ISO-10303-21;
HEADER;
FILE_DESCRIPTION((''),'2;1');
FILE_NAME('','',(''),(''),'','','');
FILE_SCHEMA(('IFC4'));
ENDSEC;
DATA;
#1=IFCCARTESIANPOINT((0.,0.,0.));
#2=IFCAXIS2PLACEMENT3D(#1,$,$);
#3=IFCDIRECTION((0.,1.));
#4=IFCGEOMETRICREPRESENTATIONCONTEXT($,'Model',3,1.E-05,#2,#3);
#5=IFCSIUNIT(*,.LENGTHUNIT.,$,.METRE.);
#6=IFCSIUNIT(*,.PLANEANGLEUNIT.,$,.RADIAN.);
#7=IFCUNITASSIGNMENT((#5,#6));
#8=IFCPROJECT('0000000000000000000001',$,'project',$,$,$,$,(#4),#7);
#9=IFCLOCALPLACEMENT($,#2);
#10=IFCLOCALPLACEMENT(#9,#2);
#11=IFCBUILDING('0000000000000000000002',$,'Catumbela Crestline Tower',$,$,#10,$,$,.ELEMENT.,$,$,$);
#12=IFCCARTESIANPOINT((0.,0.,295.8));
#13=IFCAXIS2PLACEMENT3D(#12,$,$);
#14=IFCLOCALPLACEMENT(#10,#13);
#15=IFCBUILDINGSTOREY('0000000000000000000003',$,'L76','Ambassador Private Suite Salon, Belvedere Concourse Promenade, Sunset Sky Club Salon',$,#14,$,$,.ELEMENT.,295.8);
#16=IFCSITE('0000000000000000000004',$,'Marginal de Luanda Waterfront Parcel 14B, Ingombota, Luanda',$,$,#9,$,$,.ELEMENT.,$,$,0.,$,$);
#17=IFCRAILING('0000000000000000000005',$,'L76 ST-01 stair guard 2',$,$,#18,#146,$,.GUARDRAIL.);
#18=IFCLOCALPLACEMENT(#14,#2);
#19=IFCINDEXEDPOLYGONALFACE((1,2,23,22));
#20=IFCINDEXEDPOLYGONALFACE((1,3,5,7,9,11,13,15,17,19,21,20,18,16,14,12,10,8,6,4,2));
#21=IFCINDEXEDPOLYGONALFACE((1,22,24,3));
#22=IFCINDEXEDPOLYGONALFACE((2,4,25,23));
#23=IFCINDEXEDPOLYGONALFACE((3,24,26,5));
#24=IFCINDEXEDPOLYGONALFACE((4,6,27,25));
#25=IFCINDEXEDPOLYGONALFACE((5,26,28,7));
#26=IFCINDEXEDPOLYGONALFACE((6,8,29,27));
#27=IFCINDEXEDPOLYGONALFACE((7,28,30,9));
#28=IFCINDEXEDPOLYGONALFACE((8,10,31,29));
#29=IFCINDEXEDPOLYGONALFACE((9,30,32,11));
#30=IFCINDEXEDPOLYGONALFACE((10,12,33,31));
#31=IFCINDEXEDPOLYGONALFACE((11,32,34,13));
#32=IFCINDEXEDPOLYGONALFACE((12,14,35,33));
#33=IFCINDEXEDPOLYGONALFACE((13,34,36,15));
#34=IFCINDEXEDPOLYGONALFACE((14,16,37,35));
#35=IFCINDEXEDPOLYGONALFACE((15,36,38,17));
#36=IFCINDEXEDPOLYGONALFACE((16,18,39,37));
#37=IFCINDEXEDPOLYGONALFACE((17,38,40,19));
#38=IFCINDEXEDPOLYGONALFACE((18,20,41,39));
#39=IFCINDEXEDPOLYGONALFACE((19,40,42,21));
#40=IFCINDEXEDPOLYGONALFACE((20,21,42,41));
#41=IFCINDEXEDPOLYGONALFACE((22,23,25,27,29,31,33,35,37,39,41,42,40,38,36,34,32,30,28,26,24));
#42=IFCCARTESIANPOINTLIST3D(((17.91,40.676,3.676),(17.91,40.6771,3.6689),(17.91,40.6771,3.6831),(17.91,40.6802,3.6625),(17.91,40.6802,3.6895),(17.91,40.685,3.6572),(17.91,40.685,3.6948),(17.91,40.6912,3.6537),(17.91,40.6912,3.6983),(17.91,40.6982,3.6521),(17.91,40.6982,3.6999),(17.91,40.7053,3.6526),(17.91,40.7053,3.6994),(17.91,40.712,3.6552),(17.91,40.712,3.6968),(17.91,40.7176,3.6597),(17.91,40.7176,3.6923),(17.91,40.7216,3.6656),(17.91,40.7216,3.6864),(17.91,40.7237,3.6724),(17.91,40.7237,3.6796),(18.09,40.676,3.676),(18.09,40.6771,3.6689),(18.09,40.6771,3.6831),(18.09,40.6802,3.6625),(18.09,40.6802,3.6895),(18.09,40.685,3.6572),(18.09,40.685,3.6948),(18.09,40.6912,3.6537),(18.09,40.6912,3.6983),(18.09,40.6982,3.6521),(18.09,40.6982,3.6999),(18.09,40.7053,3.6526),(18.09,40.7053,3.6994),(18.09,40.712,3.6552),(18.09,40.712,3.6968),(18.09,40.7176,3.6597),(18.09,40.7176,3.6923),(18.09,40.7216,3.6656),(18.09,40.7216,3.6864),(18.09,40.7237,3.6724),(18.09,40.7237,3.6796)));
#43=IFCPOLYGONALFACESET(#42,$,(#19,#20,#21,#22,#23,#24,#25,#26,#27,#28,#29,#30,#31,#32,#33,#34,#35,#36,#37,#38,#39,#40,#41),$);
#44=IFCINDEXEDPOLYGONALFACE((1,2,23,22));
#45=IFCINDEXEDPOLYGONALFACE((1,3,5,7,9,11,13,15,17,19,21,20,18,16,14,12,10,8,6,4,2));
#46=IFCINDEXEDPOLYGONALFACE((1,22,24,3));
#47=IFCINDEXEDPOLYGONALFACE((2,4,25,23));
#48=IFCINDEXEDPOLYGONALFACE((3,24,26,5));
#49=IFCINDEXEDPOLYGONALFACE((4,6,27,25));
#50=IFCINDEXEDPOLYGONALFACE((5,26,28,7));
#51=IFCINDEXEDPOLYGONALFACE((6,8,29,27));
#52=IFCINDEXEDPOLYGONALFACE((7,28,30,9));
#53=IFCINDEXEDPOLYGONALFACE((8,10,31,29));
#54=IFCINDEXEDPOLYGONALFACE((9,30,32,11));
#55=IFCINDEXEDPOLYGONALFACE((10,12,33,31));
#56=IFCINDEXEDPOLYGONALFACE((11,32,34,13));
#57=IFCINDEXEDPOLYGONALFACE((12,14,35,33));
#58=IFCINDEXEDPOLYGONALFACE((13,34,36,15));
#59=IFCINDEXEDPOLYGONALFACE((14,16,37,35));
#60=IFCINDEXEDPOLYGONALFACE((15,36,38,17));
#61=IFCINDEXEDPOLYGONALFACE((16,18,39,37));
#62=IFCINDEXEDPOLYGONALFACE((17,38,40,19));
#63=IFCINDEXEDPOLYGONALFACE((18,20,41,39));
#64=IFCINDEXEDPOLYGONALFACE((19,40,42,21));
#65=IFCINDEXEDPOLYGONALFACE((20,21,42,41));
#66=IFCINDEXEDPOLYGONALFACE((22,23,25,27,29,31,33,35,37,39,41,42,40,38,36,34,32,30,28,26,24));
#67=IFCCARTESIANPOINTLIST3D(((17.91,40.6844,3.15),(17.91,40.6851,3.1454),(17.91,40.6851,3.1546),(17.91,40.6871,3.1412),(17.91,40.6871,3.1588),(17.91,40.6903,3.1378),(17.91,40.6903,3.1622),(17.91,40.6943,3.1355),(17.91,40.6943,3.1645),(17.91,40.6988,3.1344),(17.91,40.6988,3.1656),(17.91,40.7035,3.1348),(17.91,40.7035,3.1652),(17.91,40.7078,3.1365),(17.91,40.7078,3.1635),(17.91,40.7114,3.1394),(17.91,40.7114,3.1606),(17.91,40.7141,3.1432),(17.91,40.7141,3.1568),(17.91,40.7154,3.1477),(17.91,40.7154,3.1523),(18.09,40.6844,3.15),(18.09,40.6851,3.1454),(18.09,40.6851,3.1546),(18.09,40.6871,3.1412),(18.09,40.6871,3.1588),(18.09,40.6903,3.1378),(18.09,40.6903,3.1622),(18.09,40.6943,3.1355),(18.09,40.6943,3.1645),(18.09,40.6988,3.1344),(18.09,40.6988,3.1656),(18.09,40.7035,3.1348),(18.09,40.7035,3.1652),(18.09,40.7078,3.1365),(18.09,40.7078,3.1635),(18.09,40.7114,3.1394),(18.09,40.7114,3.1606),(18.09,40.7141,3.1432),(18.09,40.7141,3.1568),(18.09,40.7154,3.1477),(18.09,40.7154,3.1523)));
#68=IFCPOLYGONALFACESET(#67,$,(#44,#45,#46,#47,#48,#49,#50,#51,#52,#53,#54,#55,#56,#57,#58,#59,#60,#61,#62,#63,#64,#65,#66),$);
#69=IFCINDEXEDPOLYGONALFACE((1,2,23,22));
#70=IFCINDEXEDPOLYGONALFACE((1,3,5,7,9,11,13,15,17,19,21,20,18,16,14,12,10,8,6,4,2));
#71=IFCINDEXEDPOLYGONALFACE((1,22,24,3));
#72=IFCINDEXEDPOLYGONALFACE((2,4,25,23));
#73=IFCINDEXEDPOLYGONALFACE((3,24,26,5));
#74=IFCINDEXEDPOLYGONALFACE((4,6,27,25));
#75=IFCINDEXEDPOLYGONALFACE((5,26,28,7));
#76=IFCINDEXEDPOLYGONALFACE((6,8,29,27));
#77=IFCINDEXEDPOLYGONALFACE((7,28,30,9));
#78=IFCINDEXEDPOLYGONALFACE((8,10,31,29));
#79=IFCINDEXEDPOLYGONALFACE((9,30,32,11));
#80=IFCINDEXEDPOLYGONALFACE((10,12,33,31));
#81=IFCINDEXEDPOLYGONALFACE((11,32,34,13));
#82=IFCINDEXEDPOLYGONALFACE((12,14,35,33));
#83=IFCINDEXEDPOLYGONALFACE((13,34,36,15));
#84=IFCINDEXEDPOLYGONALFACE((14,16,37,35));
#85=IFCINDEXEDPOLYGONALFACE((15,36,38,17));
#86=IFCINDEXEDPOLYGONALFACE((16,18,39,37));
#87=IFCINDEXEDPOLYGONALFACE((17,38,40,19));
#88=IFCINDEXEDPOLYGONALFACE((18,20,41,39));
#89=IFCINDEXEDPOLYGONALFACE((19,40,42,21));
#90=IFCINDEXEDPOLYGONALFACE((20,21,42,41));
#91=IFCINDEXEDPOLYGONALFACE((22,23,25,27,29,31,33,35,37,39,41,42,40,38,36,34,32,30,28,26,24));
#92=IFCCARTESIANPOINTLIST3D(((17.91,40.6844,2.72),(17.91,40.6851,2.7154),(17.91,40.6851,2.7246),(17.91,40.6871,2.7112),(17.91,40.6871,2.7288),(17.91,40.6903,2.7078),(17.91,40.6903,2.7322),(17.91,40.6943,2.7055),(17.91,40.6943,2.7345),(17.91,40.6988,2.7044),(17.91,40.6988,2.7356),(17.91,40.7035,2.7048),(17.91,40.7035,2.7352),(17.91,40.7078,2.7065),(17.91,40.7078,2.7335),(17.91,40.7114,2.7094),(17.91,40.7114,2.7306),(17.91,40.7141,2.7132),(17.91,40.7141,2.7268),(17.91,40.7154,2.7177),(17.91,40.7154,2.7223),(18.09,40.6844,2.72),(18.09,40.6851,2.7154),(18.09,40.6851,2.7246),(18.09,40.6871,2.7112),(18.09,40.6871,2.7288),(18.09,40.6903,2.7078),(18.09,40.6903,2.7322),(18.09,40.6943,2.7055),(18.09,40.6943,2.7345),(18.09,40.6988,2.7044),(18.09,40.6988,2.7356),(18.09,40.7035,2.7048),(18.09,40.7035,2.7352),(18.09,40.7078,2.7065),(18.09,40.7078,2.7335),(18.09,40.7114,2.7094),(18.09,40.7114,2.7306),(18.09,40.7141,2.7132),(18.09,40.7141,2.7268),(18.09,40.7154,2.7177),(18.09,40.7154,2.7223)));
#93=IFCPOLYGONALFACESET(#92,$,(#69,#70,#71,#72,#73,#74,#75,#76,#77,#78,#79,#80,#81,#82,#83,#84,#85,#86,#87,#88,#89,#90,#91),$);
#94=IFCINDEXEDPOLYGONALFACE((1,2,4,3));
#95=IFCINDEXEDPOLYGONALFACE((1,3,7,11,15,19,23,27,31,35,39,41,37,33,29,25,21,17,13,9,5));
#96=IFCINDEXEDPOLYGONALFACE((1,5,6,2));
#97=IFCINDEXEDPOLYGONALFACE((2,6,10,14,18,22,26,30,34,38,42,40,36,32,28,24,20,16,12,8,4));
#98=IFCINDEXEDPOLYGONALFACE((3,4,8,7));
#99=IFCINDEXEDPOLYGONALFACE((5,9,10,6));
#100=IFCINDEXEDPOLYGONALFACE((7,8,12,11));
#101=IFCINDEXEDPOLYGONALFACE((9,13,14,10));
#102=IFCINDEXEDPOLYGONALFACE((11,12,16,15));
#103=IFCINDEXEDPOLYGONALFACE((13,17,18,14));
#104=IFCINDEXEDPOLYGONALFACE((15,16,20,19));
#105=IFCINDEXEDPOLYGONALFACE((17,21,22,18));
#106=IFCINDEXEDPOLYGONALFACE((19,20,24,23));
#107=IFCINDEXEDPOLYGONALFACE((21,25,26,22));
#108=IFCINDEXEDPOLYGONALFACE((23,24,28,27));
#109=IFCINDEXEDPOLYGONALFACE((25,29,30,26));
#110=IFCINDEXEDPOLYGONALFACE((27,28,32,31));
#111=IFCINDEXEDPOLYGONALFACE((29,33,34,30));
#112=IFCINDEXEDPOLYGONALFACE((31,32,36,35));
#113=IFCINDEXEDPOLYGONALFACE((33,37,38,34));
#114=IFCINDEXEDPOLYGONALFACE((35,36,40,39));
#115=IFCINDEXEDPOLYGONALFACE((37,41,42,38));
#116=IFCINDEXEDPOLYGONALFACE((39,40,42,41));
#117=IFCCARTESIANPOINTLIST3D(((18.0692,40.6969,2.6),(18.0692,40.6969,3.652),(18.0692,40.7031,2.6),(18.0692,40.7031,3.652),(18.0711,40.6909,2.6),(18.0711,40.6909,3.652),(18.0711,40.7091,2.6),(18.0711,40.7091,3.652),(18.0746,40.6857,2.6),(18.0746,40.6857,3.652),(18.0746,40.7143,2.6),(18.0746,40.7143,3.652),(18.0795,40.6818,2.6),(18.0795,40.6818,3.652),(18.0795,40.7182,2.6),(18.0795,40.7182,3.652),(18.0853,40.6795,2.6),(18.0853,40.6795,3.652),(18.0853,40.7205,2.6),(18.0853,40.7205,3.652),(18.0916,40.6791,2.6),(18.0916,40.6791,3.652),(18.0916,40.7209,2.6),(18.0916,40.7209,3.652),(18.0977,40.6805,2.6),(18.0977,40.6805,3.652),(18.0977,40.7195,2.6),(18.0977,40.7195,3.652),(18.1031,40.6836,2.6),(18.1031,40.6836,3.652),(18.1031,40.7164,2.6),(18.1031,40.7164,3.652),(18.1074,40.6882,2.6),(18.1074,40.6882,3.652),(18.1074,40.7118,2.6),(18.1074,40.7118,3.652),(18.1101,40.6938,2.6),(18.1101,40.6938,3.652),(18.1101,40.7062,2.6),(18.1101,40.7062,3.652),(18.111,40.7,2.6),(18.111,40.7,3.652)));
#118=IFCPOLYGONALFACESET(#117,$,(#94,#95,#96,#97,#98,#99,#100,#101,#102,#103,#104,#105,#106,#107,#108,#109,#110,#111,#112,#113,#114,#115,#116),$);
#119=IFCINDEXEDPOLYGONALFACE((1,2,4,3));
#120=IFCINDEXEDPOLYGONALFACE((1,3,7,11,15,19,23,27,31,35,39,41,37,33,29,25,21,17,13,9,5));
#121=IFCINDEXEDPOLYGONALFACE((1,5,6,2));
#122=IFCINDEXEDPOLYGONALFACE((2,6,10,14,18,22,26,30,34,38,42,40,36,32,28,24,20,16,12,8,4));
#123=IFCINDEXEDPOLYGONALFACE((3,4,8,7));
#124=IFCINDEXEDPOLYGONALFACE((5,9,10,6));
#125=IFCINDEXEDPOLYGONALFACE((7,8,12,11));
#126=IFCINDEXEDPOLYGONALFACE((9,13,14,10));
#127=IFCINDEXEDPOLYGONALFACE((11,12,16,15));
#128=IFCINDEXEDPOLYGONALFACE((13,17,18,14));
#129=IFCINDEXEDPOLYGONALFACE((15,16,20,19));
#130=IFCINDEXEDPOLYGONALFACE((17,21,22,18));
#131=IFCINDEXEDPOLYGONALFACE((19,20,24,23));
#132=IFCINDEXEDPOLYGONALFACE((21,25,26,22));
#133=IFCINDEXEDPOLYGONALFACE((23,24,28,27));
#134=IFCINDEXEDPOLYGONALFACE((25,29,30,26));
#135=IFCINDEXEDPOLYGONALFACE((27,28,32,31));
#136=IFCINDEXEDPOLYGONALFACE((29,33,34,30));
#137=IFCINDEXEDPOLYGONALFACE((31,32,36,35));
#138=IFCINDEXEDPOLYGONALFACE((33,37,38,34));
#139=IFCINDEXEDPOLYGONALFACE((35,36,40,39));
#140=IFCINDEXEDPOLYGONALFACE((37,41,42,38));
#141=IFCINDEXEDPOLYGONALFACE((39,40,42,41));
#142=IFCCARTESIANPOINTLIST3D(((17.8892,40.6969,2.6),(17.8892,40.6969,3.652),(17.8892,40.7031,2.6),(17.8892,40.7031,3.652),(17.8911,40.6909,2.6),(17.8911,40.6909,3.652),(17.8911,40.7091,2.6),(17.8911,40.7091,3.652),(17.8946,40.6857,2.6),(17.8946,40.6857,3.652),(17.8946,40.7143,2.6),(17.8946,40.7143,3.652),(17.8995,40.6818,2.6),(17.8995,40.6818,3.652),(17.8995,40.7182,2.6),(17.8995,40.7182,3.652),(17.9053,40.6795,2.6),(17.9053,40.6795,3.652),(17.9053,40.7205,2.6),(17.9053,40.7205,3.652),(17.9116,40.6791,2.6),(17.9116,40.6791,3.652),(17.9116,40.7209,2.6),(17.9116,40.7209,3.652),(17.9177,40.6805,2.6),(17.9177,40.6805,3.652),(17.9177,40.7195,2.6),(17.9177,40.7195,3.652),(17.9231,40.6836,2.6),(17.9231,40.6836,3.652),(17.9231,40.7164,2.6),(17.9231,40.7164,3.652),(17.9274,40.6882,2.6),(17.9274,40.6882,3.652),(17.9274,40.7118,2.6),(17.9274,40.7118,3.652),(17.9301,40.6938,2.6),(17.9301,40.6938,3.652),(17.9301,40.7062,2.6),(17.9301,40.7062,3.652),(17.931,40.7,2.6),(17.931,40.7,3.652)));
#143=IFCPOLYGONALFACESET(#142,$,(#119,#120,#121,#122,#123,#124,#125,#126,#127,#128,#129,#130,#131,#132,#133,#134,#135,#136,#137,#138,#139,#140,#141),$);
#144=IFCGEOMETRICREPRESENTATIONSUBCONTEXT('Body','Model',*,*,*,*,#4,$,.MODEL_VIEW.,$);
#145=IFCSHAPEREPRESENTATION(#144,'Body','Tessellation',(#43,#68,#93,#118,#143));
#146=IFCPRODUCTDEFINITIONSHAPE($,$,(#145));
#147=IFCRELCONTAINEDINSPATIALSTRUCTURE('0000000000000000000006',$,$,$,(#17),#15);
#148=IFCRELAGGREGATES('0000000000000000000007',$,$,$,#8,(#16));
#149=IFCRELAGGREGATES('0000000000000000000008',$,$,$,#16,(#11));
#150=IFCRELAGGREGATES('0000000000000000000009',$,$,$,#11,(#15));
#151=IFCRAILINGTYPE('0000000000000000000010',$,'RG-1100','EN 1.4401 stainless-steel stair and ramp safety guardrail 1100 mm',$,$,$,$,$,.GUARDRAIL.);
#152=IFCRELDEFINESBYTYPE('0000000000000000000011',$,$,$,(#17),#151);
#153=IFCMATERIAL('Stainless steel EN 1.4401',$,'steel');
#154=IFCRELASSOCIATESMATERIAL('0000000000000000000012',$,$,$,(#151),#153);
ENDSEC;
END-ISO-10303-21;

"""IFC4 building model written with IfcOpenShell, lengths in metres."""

from ifc_helpers import new_model, si_unit, direction, frame, origin, origin_2d, place, context, subcontext, project, spatial, circle, extrude, material, type_object, element, save


model = new_model("IFC4")

# Units and contexts
model_context = context("Model", 3, precision=1e-05, world=origin(), true_north=direction((0.0, 1.0)))
body_context = subcontext(model_context, "Body", "Model", "MODEL_VIEW")
ifc_project = project(units=[si_unit("LENGTHUNIT", "METRE"), si_unit("PLANEANGLEUNIT", "RADIAN")], contexts=[model_context])

# Site, building, storey
site_placement = place(None, origin())
site = spatial("IfcSite", under=ifc_project, at=site_placement, Name="Marginal de Luanda Waterfront Parcel 14B, Ingombota, Luanda", CompositionType="ELEMENT", RefElevation=0.0)
building_placement = place(site_placement, origin())
building = spatial("IfcBuilding", under=site, at=building_placement, Name="Catumbela Crestline Tower", CompositionType="ELEMENT")
storey_placement = place(building_placement, frame((0.0, 0.0, 295.8)))
storey = spatial("IfcBuildingStorey", under=building, at=storey_placement, Name="L76", Description="Ambassador Private Suite Salon, Belvedere Concourse Promenade, Sunset Sky Club Salon", CompositionType="ELEMENT", Elevation=295.8)

# Shared definitions
ifc_material_1 = material(Name="Stainless steel EN 1.4401", Category="steel")

# Railing
railing_type_1 = type_object("IfcRailingType", Name="RG-1100", Description="EN 1.4401 stainless-steel stair and ramp safety guardrail 1100 mm", PredefinedType="GUARDRAIL", material=ifc_material_1)
railing_1_placement = place(storey_placement, frame((18.09, 40.7, 2.6)))
element("IfcRailing", 1, at=railing_1_placement, inside=storey, type_object=railing_type_1, Name="L76 ST-01 stair guard 2", PredefinedType="GUARDRAIL", context=body_context, shape_type="SweptSolid", body=[
    extrude(circle(Radius=0.024, at=origin_2d()), frame((0.0, 0.0, 1.076), z_axis=(-1.0, 0.0, 0.0), x_axis=(0.0, -1.0, 0.0)), (0.0, 0.0, 1.0), 0.18),
    extrude(circle(Radius=0.0156, at=origin_2d()), frame((0.0, 0.0, 0.55), z_axis=(-1.0, 0.0, 0.0), x_axis=(0.0, -1.0, 0.0)), (0.0, 0.0, 1.0), 0.18),
    extrude(circle(Radius=0.0156, at=origin_2d()), frame((0.0, 0.0, 0.12), z_axis=(-1.0, 0.0, 0.0), x_axis=(0.0, -1.0, 0.0)), (0.0, 0.0, 1.0), 0.18),
    extrude(circle(Radius=0.021, at=origin_2d()), origin(), (0.0, 0.0, 1.0), 1.052),
    extrude(circle(Radius=0.021, at=origin_2d()), frame((-0.18, 0.0, 0.0)), (0.0, 0.0, 1.0), 1.052),
])

save(model, "model.ifc")
